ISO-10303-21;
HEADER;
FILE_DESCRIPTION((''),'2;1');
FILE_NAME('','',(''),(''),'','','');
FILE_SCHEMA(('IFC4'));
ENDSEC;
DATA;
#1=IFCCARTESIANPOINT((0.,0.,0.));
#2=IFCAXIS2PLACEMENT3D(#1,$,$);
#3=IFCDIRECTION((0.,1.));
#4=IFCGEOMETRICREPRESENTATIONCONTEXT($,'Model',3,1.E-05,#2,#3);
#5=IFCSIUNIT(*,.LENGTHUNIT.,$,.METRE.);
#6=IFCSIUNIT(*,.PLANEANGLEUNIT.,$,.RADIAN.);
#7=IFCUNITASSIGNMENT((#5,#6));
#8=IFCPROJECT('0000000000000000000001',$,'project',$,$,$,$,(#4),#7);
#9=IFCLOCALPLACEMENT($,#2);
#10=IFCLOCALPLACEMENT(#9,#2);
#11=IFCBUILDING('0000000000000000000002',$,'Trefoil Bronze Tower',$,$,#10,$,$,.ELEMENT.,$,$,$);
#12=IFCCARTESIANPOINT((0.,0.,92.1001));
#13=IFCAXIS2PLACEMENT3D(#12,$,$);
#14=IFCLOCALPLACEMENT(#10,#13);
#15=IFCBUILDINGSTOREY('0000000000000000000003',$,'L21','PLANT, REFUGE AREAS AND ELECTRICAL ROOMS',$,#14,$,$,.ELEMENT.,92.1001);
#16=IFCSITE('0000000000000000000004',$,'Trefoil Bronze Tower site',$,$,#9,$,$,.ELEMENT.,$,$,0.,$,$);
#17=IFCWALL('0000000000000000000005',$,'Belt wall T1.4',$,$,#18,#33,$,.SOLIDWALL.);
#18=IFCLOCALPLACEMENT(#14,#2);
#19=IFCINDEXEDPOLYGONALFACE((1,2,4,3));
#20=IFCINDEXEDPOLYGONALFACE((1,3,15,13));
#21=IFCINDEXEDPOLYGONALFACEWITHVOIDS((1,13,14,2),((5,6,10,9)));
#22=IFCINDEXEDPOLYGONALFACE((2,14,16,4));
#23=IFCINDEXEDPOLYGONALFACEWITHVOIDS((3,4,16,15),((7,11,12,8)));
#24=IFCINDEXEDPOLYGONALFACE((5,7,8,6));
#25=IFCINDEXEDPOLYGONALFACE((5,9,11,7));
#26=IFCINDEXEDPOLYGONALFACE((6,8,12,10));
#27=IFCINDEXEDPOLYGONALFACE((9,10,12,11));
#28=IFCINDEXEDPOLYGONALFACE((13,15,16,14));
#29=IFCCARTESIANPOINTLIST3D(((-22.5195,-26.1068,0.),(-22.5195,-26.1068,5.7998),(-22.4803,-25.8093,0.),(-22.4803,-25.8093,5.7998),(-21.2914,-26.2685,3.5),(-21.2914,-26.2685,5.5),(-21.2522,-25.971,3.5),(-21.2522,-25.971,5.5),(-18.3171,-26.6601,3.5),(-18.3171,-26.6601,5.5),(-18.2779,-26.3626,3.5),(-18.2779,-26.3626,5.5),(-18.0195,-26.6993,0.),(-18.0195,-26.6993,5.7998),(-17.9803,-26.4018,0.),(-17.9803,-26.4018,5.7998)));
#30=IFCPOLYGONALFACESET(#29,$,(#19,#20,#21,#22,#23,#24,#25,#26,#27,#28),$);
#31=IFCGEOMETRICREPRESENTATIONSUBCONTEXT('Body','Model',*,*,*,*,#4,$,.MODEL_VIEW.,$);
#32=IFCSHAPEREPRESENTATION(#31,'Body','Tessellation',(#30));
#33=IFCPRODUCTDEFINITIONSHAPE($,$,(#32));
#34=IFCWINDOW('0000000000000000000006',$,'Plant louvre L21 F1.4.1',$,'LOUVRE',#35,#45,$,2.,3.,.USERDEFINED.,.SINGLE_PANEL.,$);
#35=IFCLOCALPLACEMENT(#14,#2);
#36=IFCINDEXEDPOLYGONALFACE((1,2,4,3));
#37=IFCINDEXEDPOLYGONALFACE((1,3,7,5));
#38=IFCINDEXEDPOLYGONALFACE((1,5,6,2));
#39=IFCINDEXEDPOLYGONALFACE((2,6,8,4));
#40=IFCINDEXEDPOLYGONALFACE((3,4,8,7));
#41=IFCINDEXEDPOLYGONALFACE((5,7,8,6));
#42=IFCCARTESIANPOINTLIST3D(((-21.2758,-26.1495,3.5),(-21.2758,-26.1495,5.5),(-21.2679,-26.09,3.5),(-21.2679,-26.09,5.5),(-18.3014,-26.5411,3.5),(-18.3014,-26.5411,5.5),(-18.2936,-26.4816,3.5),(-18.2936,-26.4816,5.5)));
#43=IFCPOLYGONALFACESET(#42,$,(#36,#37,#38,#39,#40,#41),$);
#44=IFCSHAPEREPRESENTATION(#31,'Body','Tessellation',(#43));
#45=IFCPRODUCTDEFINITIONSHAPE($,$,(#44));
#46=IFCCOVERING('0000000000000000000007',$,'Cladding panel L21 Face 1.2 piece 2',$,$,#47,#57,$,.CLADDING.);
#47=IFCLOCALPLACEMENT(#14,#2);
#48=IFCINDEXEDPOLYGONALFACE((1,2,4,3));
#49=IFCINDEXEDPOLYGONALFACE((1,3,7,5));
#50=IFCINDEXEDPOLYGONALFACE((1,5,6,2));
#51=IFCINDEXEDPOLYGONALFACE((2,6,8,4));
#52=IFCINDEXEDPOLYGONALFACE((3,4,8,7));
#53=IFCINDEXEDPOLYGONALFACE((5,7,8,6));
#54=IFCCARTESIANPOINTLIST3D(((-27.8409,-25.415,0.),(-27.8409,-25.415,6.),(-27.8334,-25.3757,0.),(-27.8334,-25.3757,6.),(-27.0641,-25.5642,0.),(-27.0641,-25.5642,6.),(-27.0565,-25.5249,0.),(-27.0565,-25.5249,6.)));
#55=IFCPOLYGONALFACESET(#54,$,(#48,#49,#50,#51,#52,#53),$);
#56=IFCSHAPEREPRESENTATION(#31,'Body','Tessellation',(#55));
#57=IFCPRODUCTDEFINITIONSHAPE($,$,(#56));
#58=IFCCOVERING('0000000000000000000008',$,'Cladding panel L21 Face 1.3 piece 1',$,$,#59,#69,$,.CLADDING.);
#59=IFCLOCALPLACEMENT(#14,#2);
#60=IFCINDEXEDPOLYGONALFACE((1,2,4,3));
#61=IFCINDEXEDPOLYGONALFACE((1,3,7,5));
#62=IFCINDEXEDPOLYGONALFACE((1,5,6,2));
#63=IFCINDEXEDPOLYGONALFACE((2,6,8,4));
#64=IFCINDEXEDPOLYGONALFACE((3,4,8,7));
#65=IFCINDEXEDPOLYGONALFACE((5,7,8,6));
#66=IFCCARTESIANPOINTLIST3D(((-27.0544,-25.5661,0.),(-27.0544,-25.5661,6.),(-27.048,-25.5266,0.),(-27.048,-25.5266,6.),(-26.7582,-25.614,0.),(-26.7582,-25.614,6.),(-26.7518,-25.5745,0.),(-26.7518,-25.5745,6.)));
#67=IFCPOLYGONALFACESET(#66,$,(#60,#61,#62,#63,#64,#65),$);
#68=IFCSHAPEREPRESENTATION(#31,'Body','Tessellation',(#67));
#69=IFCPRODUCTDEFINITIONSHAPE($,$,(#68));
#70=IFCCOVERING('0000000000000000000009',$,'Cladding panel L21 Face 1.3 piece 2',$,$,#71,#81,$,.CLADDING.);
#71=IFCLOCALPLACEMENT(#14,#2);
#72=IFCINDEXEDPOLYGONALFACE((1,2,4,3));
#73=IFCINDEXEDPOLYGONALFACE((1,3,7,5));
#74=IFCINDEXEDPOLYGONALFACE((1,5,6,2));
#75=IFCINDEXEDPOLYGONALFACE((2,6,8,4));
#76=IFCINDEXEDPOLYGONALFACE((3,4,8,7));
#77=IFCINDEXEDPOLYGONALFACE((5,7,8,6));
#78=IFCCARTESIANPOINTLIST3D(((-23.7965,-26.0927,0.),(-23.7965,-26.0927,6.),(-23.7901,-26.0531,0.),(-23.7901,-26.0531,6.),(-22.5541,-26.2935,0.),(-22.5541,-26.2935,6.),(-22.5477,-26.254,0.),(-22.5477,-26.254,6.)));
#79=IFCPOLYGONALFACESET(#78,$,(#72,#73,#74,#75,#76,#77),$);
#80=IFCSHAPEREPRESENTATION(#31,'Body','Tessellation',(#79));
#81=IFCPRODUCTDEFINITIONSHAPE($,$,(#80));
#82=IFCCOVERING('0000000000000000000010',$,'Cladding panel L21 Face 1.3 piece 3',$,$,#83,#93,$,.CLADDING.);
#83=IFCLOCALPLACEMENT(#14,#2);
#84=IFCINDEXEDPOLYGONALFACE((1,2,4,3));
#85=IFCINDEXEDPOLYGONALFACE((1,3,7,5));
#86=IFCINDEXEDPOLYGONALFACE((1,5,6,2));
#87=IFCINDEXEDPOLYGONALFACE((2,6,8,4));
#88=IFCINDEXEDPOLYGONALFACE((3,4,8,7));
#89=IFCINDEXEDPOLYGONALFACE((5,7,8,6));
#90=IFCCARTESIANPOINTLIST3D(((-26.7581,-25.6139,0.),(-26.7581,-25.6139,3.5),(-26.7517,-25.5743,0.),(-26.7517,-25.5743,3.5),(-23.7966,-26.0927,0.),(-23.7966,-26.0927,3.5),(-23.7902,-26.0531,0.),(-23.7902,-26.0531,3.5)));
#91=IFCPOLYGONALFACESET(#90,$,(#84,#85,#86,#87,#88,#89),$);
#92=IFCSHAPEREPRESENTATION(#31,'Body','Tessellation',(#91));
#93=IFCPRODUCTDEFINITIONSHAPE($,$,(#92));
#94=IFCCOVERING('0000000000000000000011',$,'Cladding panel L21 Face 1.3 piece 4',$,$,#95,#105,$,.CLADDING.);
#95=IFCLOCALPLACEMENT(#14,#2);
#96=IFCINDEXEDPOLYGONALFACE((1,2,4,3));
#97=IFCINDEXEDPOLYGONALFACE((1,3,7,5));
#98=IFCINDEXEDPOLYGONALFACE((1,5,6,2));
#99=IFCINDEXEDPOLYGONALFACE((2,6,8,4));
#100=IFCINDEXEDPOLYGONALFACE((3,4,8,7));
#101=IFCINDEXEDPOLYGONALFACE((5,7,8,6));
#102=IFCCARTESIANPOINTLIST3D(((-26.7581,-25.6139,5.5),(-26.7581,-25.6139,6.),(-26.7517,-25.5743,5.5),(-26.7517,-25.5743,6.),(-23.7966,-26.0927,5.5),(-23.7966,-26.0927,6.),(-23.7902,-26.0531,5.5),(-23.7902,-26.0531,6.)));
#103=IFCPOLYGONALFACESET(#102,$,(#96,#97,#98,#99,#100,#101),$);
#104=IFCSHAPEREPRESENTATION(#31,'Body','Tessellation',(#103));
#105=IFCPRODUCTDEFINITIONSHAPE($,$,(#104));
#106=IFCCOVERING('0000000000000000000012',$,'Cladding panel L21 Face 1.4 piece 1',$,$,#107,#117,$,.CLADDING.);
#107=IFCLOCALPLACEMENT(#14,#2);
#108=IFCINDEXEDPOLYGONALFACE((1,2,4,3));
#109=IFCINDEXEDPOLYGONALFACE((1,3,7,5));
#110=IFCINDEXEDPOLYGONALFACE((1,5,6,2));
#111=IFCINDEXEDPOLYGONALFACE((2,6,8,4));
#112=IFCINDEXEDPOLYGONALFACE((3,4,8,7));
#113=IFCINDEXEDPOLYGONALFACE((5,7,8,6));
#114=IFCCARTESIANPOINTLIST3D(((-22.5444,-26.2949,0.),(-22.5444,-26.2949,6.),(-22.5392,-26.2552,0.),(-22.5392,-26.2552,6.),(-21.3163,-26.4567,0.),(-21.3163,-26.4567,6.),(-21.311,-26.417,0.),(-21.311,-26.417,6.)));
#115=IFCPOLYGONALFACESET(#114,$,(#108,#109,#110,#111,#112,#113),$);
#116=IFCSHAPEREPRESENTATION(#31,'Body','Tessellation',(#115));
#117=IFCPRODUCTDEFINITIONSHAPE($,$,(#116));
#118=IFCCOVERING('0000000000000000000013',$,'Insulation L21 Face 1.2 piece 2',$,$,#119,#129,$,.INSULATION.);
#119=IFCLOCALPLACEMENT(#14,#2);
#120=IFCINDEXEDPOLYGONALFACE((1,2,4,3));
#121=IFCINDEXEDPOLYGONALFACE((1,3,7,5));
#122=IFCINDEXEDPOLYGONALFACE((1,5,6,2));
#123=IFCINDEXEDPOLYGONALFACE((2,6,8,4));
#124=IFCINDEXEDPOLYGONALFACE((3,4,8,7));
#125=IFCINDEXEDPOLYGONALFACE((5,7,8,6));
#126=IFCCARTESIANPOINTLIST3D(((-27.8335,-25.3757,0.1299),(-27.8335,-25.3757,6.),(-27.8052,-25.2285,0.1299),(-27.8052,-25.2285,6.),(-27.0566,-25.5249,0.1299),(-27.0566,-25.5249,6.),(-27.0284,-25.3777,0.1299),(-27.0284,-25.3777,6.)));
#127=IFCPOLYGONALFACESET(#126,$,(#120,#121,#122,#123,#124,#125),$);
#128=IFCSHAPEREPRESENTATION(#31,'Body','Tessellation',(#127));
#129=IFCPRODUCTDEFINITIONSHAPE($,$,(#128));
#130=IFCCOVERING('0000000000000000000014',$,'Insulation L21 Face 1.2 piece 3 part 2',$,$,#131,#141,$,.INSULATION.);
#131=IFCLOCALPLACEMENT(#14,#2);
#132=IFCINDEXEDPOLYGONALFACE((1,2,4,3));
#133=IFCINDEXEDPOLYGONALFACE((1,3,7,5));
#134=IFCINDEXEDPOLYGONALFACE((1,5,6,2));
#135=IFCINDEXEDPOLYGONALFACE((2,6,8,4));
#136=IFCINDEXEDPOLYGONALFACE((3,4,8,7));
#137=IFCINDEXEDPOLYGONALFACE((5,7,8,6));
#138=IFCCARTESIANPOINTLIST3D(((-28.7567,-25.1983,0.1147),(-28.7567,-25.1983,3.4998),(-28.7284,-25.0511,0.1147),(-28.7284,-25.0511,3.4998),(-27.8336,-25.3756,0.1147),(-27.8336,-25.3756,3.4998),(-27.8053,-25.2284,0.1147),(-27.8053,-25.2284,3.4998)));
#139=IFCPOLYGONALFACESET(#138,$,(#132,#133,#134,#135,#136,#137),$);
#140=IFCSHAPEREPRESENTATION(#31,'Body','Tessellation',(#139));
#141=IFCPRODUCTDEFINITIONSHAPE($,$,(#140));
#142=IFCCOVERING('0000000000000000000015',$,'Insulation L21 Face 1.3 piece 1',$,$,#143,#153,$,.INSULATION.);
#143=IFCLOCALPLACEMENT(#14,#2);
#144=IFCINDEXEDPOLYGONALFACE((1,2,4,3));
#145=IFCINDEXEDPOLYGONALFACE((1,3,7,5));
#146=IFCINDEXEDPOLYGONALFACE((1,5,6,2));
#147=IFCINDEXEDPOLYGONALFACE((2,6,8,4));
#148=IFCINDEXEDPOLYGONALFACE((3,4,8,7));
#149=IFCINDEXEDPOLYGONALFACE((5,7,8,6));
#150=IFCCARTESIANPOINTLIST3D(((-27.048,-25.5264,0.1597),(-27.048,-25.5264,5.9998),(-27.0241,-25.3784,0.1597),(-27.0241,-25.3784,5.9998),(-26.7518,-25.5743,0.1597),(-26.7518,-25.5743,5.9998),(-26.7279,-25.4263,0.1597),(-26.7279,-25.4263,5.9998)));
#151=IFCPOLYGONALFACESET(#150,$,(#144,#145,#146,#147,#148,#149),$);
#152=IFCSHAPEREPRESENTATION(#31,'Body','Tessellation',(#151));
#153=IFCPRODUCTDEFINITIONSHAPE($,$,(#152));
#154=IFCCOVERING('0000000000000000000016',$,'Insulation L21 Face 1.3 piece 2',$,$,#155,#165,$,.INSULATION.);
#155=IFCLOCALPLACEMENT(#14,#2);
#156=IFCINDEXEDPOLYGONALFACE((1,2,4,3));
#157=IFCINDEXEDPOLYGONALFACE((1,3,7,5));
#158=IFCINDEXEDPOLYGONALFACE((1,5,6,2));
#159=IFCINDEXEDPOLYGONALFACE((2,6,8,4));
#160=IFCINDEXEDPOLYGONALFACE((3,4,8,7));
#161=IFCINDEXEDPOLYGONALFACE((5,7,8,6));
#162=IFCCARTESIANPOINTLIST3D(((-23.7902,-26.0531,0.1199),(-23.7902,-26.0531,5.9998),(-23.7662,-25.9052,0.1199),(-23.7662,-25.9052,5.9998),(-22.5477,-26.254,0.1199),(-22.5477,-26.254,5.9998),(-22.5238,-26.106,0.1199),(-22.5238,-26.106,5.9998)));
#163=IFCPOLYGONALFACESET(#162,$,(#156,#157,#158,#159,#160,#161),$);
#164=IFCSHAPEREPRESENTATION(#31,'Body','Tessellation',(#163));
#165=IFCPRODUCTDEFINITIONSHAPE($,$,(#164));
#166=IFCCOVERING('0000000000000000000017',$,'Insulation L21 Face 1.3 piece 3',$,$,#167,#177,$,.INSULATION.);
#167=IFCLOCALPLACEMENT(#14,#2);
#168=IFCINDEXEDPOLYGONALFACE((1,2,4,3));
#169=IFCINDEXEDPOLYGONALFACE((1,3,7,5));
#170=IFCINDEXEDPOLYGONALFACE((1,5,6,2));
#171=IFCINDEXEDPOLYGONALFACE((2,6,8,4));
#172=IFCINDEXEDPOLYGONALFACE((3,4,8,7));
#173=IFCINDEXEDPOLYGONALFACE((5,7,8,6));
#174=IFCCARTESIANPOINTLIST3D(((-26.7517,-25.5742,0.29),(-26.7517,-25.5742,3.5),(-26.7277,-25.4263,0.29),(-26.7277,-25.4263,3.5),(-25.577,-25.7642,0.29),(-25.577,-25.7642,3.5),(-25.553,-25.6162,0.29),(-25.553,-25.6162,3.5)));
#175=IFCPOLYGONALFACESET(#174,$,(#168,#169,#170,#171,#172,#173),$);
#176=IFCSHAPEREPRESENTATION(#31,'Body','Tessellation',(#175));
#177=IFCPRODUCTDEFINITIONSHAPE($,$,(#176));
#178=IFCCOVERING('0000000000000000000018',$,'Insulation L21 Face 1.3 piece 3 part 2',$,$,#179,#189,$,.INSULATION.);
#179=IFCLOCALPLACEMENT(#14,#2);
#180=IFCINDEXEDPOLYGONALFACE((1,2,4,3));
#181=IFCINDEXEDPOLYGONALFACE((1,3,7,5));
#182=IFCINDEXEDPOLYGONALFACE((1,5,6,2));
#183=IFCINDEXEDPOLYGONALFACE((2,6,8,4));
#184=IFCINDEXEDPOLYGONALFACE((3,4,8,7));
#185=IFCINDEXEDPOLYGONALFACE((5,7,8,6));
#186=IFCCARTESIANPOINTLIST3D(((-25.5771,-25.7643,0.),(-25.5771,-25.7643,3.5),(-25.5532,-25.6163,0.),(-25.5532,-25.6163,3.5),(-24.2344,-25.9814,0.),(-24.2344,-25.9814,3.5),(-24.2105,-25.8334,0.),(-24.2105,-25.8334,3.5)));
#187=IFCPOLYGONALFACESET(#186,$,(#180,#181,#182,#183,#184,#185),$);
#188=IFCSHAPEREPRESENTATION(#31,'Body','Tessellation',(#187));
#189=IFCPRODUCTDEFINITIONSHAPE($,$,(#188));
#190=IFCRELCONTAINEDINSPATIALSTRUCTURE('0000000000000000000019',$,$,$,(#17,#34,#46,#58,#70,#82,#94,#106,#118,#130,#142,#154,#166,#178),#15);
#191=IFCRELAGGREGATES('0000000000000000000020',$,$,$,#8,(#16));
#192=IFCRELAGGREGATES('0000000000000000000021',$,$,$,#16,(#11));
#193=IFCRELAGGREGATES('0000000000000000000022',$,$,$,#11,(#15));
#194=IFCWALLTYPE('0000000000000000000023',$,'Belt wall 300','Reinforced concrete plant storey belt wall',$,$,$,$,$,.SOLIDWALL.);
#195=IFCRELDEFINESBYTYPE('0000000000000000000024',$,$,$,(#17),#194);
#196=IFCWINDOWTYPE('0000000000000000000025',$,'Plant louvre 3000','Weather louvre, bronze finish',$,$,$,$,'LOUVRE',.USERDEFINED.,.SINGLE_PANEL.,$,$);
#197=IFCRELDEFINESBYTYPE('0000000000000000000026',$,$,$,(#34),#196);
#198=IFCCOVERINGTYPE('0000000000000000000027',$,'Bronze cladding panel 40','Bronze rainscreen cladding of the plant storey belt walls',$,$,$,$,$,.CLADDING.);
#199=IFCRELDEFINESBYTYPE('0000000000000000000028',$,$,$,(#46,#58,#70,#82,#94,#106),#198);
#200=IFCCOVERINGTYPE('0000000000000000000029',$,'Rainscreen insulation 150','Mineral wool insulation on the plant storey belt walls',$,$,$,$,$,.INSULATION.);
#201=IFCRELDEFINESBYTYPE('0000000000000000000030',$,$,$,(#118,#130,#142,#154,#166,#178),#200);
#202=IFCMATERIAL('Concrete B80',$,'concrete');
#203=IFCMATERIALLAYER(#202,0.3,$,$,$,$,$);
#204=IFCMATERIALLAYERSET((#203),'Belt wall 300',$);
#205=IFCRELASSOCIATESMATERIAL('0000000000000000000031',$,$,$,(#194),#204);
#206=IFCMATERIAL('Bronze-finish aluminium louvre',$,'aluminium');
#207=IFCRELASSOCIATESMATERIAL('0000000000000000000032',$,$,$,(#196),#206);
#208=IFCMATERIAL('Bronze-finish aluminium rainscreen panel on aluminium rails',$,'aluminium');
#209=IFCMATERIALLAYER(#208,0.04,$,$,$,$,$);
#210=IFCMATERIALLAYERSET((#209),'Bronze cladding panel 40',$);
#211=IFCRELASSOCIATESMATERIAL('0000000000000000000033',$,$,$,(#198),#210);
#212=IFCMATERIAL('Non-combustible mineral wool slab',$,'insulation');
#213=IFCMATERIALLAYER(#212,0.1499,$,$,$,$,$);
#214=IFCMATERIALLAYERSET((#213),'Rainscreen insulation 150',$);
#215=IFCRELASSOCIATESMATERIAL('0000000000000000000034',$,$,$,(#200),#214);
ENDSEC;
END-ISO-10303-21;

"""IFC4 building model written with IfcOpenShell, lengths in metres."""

from ifc_helpers import new_model, si_unit, direction, frame, frame_2d, origin, origin_2d, place, context, subcontext, project, spatial, rectangle, extrude, material, layer, layer_set, type_object, element, fill, save


model = new_model("IFC4")

# Units and contexts
model_context = context("Model", 3, precision=1e-05, world=origin(), true_north=direction((0.0, 1.0)))
body_context = subcontext(model_context, "Body", "Model", "MODEL_VIEW")
ifc_project = project(units=[si_unit("LENGTHUNIT", "METRE"), si_unit("PLANEANGLEUNIT", "RADIAN")], contexts=[model_context])

# Site, building, storey
site_placement = place(None, origin())
site = spatial("IfcSite", under=ifc_project, at=site_placement, Name="Trefoil Bronze Tower site", CompositionType="ELEMENT", RefElevation=0.0)
building_placement = place(site_placement, origin())
building = spatial("IfcBuilding", under=site, at=building_placement, Name="Trefoil Bronze Tower", CompositionType="ELEMENT")
storey_placement = place(building_placement, frame((0.0, 0.0, 92.1001)))
storey = spatial("IfcBuildingStorey", under=building, at=storey_placement, Name="L21", Description="PLANT, REFUGE AREAS AND ELECTRICAL ROOMS", CompositionType="ELEMENT", Elevation=92.1001)

# Wall, opening, window
ifc_material_1 = material(Name="Concrete B80", Category="concrete")
ifc_layer_1 = layer(ifc_material_1, 0.3)
ifc_layer_set_1 = layer_set([ifc_layer_1], Name="Belt wall 300")
wall_type = type_object("IfcWallType", Name="Belt wall 300", Description="Reinforced concrete plant storey belt wall", PredefinedType="SOLIDWALL", material=ifc_layer_set_1)
ifc_material_2 = material(Name="Bronze-finish aluminium louvre", Category="aluminium")
window_type = type_object("IfcWindowType", Name="Plant louvre 3000", Description="Weather louvre, bronze finish", ElementType="LOUVRE", PartitioningType="SINGLE_PANEL", PredefinedType="USERDEFINED", material=ifc_material_2)
wall_1_placement = place(storey_placement, frame((-22.5, -25.958, 0.0), z_axis=(0.0, 0.0, 1.0), x_axis=(0.991442, -0.130546, 0.0)))
wall_1 = element("IfcWall", 1, at=wall_1_placement, inside=storey, type_object=wall_type, Name="Belt wall T1.4", PredefinedType="SOLIDWALL", context=body_context, shape_type="SweptSolid", body=[
    extrude(rectangle(XDim=4.5388, YDim=0.3, at=frame_2d((2.2695, 0.0))), origin(), (0.0, 0.0, 1.0), 5.7998),
])
opening_1_placement = place(wall_1_placement, frame((1.2388, 0.0, 3.5)))
opening_1 = element("IfcOpeningElement", 2, at=opening_1_placement, cuts=wall_1, PredefinedType="OPENING", context=body_context, shape_type="SweptSolid", body=[
    extrude(rectangle(XDim=3.0, YDim=2.0, at=frame_2d((1.5, 1.0))), frame((0.0, 0.1599, 0.0), z_axis=(0.0, -1.0, 0.0), x_axis=(1.0, 0.0, 0.0)), (0.0, 0.0, 1.0), 0.3201),
])
window_1_placement = place(opening_1_placement, origin())
window_1 = element("IfcWindow", 3, at=window_1_placement, inside=storey, type_object=window_type, Name="Plant louvre L21 F1.4.1", ObjectType="LOUVRE", OverallHeight=2.0, OverallWidth=3.0, PartitioningType="SINGLE_PANEL", PredefinedType="USERDEFINED", context=body_context, shape_type="SweptSolid", body=[
    extrude(rectangle(XDim=3.0, YDim=2.0, at=frame_2d((1.5, 1.0))), frame((0.0, 0.03, 0.0), z_axis=(0.0, -1.0, 0.0), x_axis=(1.0, 0.0, 0.0)), (0.0, 0.0, 1.0), 0.0601),
])
fill(opening_1, window_1)

# Coverings
ifc_material_3 = material(Name="Bronze-finish aluminium rainscreen panel on aluminium rails", Category="aluminium")
ifc_layer_2 = layer(ifc_material_3, 0.04)
ifc_layer_set_2 = layer_set([ifc_layer_2], Name="Bronze cladding panel 40")
covering_type_1 = type_object("IfcCoveringType", Name="Bronze cladding panel 40", Description="Bronze rainscreen cladding of the plant storey belt walls", PredefinedType="CLADDING", material=ifc_layer_set_2)
covering_1_placement = place(storey_placement, frame((-27.4487, -25.47, 0.0), z_axis=(0.0, 0.0, 1.0), x_axis=(0.98205, -0.188622, 0.0)))
element("IfcCovering", 4, at=covering_1_placement, inside=storey, type_object=covering_type_1, Name="Cladding panel L21 Face 1.2 piece 2", PredefinedType="CLADDING", context=body_context, shape_type="SweptSolid", body=[
    extrude(rectangle(XDim=0.791, YDim=0.04, at=origin_2d()), origin(), (0.0, 0.0, 1.0), 6.0),
])
covering_2_placement = place(storey_placement, frame((-26.9031, -25.5703, 0.0), z_axis=(0.0, 0.0, 1.0), x_axis=(0.987181, -0.159603, 0.0)))
element("IfcCovering", 5, at=covering_2_placement, inside=storey, type_object=covering_type_1, Name="Cladding panel L21 Face 1.3 piece 1", PredefinedType="CLADDING", context=body_context, shape_type="SweptSolid", body=[
    extrude(rectangle(XDim=0.3, YDim=0.04, at=origin_2d()), origin(), (0.0, 0.0, 1.0), 6.0),
])
covering_3_placement = place(storey_placement, frame((-23.1721, -26.1733, 0.0), z_axis=(0.0, 0.0, 1.0), x_axis=(0.987181, -0.159603, 0.0)))
element("IfcCovering", 6, at=covering_3_placement, inside=storey, type_object=covering_type_1, Name="Cladding panel L21 Face 1.3 piece 2", PredefinedType="CLADDING", context=body_context, shape_type="SweptSolid", body=[
    extrude(rectangle(XDim=1.2585, YDim=0.04, at=origin_2d()), origin(), (0.0, 0.0, 1.0), 6.0),
])
covering_4_placement = place(storey_placement, frame((-25.2742, -25.8335, 0.0), z_axis=(0.0, 0.0, 1.0), x_axis=(0.987181, -0.159603, 0.0)))
element("IfcCovering", 7, at=covering_4_placement, inside=storey, type_object=covering_type_1, Name="Cladding panel L21 Face 1.3 piece 3", PredefinedType="CLADDING", context=body_context, shape_type="SweptSolid", body=[
    extrude(rectangle(XDim=3.0, YDim=0.04, at=origin_2d()), origin(), (0.0, 0.0, 1.0), 3.5),
])
covering_5_placement = place(storey_placement, frame((-25.2742, -25.8335, 5.5), z_axis=(0.0, 0.0, 1.0), x_axis=(0.987181, -0.159603, 0.0)))
element("IfcCovering", 8, at=covering_5_placement, inside=storey, type_object=covering_type_1, Name="Cladding panel L21 Face 1.3 piece 4", PredefinedType="CLADDING", context=body_context, shape_type="SweptSolid", body=[
    extrude(rectangle(XDim=3.0, YDim=0.04, at=origin_2d()), origin(), (0.0, 0.0, 1.0), 0.5),
])
covering_6_placement = place(storey_placement, frame((-21.9277, -26.356, 0.0), z_axis=(0.0, 0.0, 1.0), x_axis=(0.991437, -0.130584, 0.0)))
element("IfcCovering", 9, at=covering_6_placement, inside=storey, type_object=covering_type_1, Name="Cladding panel L21 Face 1.4 piece 1", PredefinedType="CLADDING", context=body_context, shape_type="SweptSolid", body=[
    extrude(rectangle(XDim=1.2388, YDim=0.04, at=origin_2d()), origin(), (0.0, 0.0, 1.0), 6.0),
])
ifc_material_4 = material(Name="Non-combustible mineral wool slab", Category="insulation")
ifc_layer_3 = layer(ifc_material_4, 0.1499)
ifc_layer_set_3 = layer_set([ifc_layer_3], Name="Rainscreen insulation 150")
covering_type_2 = type_object("IfcCoveringType", Name="Rainscreen insulation 150", Description="Mineral wool insulation on the plant storey belt walls", PredefinedType="INSULATION", material=ifc_layer_set_3)
covering_7_placement = place(storey_placement, frame((-27.4309, -25.3767, 0.1299), z_axis=(0.0, 0.0, 1.0), x_axis=(0.98205, -0.188622, 0.0)))
element("IfcCovering", 10, at=covering_7_placement, inside=storey, type_object=covering_type_2, Name="Insulation L21 Face 1.2 piece 2", PredefinedType="INSULATION", context=body_context, shape_type="SweptSolid", body=[
    extrude(rectangle(XDim=0.791, YDim=0.1499, at=origin_2d()), origin(), (0.0, 0.0, 1.0), 5.8701),
])
covering_8_placement = place(storey_placement, frame((-28.281, -25.2134, 0.1147), z_axis=(0.0, 0.0, 1.0), x_axis=(0.98205, -0.188622, 0.0)))
element("IfcCovering", 11, at=covering_8_placement, inside=storey, type_object=covering_type_2, Name="Insulation L21 Face 1.2 piece 3 part 2", PredefinedType="INSULATION", context=body_context, shape_type="SweptSolid", body=[
    extrude(rectangle(XDim=0.9399, YDim=0.1499, at=origin_2d()), origin(), (0.0, 0.0, 1.0), 3.385),
])
covering_9_placement = place(storey_placement, frame((-26.8879, -25.4763, 0.1597), z_axis=(0.0, 0.0, 1.0), x_axis=(0.987181, -0.159603, 0.0)))
element("IfcCovering", 12, at=covering_9_placement, inside=storey, type_object=covering_type_2, Name="Insulation L21 Face 1.3 piece 1", PredefinedType="INSULATION", context=body_context, shape_type="SweptSolid", body=[
    extrude(rectangle(XDim=0.3, YDim=0.1499, at=origin_2d()), origin(), (0.0, 0.0, 1.0), 5.8401),
])
covering_10_placement = place(storey_placement, frame((-23.157, -26.0796, 0.1199), z_axis=(0.0, 0.0, 1.0), x_axis=(0.987181, -0.159603, 0.0)))
element("IfcCovering", 13, at=covering_10_placement, inside=storey, type_object=covering_type_2, Name="Insulation L21 Face 1.3 piece 2", PredefinedType="INSULATION", context=body_context, shape_type="SweptSolid", body=[
    extrude(rectangle(XDim=1.2585, YDim=0.1499, at=origin_2d()), origin(), (0.0, 0.0, 1.0), 5.8799),
])
covering_11_placement = place(storey_placement, frame((-26.1523, -25.5952, 0.29), z_axis=(0.0, 0.0, 1.0), x_axis=(0.987181, -0.159603, 0.0)))
element("IfcCovering", 14, at=covering_11_placement, inside=storey, type_object=covering_type_2, Name="Insulation L21 Face 1.3 piece 3", PredefinedType="INSULATION", context=body_context, shape_type="SweptSolid", body=[
    extrude(rectangle(XDim=1.1899, YDim=0.1499, at=origin_2d()), origin(), (0.0, 0.0, 1.0), 3.21),
])
covering_12_placement = place(storey_placement, frame((-24.8938, -25.7988, 0.0), z_axis=(0.0, 0.0, 1.0), x_axis=(0.987181, -0.159603, 0.0)))
element("IfcCovering", 15, at=covering_12_placement, inside=storey, type_object=covering_type_2, Name="Insulation L21 Face 1.3 piece 3 part 2", PredefinedType="INSULATION", context=body_context, shape_type="SweptSolid", body=[
    extrude(rectangle(XDim=1.3601, YDim=0.1499, at=origin_2d()), origin(), (0.0, 0.0, 1.0), 3.5),
])

save(model, "model.ifc")
